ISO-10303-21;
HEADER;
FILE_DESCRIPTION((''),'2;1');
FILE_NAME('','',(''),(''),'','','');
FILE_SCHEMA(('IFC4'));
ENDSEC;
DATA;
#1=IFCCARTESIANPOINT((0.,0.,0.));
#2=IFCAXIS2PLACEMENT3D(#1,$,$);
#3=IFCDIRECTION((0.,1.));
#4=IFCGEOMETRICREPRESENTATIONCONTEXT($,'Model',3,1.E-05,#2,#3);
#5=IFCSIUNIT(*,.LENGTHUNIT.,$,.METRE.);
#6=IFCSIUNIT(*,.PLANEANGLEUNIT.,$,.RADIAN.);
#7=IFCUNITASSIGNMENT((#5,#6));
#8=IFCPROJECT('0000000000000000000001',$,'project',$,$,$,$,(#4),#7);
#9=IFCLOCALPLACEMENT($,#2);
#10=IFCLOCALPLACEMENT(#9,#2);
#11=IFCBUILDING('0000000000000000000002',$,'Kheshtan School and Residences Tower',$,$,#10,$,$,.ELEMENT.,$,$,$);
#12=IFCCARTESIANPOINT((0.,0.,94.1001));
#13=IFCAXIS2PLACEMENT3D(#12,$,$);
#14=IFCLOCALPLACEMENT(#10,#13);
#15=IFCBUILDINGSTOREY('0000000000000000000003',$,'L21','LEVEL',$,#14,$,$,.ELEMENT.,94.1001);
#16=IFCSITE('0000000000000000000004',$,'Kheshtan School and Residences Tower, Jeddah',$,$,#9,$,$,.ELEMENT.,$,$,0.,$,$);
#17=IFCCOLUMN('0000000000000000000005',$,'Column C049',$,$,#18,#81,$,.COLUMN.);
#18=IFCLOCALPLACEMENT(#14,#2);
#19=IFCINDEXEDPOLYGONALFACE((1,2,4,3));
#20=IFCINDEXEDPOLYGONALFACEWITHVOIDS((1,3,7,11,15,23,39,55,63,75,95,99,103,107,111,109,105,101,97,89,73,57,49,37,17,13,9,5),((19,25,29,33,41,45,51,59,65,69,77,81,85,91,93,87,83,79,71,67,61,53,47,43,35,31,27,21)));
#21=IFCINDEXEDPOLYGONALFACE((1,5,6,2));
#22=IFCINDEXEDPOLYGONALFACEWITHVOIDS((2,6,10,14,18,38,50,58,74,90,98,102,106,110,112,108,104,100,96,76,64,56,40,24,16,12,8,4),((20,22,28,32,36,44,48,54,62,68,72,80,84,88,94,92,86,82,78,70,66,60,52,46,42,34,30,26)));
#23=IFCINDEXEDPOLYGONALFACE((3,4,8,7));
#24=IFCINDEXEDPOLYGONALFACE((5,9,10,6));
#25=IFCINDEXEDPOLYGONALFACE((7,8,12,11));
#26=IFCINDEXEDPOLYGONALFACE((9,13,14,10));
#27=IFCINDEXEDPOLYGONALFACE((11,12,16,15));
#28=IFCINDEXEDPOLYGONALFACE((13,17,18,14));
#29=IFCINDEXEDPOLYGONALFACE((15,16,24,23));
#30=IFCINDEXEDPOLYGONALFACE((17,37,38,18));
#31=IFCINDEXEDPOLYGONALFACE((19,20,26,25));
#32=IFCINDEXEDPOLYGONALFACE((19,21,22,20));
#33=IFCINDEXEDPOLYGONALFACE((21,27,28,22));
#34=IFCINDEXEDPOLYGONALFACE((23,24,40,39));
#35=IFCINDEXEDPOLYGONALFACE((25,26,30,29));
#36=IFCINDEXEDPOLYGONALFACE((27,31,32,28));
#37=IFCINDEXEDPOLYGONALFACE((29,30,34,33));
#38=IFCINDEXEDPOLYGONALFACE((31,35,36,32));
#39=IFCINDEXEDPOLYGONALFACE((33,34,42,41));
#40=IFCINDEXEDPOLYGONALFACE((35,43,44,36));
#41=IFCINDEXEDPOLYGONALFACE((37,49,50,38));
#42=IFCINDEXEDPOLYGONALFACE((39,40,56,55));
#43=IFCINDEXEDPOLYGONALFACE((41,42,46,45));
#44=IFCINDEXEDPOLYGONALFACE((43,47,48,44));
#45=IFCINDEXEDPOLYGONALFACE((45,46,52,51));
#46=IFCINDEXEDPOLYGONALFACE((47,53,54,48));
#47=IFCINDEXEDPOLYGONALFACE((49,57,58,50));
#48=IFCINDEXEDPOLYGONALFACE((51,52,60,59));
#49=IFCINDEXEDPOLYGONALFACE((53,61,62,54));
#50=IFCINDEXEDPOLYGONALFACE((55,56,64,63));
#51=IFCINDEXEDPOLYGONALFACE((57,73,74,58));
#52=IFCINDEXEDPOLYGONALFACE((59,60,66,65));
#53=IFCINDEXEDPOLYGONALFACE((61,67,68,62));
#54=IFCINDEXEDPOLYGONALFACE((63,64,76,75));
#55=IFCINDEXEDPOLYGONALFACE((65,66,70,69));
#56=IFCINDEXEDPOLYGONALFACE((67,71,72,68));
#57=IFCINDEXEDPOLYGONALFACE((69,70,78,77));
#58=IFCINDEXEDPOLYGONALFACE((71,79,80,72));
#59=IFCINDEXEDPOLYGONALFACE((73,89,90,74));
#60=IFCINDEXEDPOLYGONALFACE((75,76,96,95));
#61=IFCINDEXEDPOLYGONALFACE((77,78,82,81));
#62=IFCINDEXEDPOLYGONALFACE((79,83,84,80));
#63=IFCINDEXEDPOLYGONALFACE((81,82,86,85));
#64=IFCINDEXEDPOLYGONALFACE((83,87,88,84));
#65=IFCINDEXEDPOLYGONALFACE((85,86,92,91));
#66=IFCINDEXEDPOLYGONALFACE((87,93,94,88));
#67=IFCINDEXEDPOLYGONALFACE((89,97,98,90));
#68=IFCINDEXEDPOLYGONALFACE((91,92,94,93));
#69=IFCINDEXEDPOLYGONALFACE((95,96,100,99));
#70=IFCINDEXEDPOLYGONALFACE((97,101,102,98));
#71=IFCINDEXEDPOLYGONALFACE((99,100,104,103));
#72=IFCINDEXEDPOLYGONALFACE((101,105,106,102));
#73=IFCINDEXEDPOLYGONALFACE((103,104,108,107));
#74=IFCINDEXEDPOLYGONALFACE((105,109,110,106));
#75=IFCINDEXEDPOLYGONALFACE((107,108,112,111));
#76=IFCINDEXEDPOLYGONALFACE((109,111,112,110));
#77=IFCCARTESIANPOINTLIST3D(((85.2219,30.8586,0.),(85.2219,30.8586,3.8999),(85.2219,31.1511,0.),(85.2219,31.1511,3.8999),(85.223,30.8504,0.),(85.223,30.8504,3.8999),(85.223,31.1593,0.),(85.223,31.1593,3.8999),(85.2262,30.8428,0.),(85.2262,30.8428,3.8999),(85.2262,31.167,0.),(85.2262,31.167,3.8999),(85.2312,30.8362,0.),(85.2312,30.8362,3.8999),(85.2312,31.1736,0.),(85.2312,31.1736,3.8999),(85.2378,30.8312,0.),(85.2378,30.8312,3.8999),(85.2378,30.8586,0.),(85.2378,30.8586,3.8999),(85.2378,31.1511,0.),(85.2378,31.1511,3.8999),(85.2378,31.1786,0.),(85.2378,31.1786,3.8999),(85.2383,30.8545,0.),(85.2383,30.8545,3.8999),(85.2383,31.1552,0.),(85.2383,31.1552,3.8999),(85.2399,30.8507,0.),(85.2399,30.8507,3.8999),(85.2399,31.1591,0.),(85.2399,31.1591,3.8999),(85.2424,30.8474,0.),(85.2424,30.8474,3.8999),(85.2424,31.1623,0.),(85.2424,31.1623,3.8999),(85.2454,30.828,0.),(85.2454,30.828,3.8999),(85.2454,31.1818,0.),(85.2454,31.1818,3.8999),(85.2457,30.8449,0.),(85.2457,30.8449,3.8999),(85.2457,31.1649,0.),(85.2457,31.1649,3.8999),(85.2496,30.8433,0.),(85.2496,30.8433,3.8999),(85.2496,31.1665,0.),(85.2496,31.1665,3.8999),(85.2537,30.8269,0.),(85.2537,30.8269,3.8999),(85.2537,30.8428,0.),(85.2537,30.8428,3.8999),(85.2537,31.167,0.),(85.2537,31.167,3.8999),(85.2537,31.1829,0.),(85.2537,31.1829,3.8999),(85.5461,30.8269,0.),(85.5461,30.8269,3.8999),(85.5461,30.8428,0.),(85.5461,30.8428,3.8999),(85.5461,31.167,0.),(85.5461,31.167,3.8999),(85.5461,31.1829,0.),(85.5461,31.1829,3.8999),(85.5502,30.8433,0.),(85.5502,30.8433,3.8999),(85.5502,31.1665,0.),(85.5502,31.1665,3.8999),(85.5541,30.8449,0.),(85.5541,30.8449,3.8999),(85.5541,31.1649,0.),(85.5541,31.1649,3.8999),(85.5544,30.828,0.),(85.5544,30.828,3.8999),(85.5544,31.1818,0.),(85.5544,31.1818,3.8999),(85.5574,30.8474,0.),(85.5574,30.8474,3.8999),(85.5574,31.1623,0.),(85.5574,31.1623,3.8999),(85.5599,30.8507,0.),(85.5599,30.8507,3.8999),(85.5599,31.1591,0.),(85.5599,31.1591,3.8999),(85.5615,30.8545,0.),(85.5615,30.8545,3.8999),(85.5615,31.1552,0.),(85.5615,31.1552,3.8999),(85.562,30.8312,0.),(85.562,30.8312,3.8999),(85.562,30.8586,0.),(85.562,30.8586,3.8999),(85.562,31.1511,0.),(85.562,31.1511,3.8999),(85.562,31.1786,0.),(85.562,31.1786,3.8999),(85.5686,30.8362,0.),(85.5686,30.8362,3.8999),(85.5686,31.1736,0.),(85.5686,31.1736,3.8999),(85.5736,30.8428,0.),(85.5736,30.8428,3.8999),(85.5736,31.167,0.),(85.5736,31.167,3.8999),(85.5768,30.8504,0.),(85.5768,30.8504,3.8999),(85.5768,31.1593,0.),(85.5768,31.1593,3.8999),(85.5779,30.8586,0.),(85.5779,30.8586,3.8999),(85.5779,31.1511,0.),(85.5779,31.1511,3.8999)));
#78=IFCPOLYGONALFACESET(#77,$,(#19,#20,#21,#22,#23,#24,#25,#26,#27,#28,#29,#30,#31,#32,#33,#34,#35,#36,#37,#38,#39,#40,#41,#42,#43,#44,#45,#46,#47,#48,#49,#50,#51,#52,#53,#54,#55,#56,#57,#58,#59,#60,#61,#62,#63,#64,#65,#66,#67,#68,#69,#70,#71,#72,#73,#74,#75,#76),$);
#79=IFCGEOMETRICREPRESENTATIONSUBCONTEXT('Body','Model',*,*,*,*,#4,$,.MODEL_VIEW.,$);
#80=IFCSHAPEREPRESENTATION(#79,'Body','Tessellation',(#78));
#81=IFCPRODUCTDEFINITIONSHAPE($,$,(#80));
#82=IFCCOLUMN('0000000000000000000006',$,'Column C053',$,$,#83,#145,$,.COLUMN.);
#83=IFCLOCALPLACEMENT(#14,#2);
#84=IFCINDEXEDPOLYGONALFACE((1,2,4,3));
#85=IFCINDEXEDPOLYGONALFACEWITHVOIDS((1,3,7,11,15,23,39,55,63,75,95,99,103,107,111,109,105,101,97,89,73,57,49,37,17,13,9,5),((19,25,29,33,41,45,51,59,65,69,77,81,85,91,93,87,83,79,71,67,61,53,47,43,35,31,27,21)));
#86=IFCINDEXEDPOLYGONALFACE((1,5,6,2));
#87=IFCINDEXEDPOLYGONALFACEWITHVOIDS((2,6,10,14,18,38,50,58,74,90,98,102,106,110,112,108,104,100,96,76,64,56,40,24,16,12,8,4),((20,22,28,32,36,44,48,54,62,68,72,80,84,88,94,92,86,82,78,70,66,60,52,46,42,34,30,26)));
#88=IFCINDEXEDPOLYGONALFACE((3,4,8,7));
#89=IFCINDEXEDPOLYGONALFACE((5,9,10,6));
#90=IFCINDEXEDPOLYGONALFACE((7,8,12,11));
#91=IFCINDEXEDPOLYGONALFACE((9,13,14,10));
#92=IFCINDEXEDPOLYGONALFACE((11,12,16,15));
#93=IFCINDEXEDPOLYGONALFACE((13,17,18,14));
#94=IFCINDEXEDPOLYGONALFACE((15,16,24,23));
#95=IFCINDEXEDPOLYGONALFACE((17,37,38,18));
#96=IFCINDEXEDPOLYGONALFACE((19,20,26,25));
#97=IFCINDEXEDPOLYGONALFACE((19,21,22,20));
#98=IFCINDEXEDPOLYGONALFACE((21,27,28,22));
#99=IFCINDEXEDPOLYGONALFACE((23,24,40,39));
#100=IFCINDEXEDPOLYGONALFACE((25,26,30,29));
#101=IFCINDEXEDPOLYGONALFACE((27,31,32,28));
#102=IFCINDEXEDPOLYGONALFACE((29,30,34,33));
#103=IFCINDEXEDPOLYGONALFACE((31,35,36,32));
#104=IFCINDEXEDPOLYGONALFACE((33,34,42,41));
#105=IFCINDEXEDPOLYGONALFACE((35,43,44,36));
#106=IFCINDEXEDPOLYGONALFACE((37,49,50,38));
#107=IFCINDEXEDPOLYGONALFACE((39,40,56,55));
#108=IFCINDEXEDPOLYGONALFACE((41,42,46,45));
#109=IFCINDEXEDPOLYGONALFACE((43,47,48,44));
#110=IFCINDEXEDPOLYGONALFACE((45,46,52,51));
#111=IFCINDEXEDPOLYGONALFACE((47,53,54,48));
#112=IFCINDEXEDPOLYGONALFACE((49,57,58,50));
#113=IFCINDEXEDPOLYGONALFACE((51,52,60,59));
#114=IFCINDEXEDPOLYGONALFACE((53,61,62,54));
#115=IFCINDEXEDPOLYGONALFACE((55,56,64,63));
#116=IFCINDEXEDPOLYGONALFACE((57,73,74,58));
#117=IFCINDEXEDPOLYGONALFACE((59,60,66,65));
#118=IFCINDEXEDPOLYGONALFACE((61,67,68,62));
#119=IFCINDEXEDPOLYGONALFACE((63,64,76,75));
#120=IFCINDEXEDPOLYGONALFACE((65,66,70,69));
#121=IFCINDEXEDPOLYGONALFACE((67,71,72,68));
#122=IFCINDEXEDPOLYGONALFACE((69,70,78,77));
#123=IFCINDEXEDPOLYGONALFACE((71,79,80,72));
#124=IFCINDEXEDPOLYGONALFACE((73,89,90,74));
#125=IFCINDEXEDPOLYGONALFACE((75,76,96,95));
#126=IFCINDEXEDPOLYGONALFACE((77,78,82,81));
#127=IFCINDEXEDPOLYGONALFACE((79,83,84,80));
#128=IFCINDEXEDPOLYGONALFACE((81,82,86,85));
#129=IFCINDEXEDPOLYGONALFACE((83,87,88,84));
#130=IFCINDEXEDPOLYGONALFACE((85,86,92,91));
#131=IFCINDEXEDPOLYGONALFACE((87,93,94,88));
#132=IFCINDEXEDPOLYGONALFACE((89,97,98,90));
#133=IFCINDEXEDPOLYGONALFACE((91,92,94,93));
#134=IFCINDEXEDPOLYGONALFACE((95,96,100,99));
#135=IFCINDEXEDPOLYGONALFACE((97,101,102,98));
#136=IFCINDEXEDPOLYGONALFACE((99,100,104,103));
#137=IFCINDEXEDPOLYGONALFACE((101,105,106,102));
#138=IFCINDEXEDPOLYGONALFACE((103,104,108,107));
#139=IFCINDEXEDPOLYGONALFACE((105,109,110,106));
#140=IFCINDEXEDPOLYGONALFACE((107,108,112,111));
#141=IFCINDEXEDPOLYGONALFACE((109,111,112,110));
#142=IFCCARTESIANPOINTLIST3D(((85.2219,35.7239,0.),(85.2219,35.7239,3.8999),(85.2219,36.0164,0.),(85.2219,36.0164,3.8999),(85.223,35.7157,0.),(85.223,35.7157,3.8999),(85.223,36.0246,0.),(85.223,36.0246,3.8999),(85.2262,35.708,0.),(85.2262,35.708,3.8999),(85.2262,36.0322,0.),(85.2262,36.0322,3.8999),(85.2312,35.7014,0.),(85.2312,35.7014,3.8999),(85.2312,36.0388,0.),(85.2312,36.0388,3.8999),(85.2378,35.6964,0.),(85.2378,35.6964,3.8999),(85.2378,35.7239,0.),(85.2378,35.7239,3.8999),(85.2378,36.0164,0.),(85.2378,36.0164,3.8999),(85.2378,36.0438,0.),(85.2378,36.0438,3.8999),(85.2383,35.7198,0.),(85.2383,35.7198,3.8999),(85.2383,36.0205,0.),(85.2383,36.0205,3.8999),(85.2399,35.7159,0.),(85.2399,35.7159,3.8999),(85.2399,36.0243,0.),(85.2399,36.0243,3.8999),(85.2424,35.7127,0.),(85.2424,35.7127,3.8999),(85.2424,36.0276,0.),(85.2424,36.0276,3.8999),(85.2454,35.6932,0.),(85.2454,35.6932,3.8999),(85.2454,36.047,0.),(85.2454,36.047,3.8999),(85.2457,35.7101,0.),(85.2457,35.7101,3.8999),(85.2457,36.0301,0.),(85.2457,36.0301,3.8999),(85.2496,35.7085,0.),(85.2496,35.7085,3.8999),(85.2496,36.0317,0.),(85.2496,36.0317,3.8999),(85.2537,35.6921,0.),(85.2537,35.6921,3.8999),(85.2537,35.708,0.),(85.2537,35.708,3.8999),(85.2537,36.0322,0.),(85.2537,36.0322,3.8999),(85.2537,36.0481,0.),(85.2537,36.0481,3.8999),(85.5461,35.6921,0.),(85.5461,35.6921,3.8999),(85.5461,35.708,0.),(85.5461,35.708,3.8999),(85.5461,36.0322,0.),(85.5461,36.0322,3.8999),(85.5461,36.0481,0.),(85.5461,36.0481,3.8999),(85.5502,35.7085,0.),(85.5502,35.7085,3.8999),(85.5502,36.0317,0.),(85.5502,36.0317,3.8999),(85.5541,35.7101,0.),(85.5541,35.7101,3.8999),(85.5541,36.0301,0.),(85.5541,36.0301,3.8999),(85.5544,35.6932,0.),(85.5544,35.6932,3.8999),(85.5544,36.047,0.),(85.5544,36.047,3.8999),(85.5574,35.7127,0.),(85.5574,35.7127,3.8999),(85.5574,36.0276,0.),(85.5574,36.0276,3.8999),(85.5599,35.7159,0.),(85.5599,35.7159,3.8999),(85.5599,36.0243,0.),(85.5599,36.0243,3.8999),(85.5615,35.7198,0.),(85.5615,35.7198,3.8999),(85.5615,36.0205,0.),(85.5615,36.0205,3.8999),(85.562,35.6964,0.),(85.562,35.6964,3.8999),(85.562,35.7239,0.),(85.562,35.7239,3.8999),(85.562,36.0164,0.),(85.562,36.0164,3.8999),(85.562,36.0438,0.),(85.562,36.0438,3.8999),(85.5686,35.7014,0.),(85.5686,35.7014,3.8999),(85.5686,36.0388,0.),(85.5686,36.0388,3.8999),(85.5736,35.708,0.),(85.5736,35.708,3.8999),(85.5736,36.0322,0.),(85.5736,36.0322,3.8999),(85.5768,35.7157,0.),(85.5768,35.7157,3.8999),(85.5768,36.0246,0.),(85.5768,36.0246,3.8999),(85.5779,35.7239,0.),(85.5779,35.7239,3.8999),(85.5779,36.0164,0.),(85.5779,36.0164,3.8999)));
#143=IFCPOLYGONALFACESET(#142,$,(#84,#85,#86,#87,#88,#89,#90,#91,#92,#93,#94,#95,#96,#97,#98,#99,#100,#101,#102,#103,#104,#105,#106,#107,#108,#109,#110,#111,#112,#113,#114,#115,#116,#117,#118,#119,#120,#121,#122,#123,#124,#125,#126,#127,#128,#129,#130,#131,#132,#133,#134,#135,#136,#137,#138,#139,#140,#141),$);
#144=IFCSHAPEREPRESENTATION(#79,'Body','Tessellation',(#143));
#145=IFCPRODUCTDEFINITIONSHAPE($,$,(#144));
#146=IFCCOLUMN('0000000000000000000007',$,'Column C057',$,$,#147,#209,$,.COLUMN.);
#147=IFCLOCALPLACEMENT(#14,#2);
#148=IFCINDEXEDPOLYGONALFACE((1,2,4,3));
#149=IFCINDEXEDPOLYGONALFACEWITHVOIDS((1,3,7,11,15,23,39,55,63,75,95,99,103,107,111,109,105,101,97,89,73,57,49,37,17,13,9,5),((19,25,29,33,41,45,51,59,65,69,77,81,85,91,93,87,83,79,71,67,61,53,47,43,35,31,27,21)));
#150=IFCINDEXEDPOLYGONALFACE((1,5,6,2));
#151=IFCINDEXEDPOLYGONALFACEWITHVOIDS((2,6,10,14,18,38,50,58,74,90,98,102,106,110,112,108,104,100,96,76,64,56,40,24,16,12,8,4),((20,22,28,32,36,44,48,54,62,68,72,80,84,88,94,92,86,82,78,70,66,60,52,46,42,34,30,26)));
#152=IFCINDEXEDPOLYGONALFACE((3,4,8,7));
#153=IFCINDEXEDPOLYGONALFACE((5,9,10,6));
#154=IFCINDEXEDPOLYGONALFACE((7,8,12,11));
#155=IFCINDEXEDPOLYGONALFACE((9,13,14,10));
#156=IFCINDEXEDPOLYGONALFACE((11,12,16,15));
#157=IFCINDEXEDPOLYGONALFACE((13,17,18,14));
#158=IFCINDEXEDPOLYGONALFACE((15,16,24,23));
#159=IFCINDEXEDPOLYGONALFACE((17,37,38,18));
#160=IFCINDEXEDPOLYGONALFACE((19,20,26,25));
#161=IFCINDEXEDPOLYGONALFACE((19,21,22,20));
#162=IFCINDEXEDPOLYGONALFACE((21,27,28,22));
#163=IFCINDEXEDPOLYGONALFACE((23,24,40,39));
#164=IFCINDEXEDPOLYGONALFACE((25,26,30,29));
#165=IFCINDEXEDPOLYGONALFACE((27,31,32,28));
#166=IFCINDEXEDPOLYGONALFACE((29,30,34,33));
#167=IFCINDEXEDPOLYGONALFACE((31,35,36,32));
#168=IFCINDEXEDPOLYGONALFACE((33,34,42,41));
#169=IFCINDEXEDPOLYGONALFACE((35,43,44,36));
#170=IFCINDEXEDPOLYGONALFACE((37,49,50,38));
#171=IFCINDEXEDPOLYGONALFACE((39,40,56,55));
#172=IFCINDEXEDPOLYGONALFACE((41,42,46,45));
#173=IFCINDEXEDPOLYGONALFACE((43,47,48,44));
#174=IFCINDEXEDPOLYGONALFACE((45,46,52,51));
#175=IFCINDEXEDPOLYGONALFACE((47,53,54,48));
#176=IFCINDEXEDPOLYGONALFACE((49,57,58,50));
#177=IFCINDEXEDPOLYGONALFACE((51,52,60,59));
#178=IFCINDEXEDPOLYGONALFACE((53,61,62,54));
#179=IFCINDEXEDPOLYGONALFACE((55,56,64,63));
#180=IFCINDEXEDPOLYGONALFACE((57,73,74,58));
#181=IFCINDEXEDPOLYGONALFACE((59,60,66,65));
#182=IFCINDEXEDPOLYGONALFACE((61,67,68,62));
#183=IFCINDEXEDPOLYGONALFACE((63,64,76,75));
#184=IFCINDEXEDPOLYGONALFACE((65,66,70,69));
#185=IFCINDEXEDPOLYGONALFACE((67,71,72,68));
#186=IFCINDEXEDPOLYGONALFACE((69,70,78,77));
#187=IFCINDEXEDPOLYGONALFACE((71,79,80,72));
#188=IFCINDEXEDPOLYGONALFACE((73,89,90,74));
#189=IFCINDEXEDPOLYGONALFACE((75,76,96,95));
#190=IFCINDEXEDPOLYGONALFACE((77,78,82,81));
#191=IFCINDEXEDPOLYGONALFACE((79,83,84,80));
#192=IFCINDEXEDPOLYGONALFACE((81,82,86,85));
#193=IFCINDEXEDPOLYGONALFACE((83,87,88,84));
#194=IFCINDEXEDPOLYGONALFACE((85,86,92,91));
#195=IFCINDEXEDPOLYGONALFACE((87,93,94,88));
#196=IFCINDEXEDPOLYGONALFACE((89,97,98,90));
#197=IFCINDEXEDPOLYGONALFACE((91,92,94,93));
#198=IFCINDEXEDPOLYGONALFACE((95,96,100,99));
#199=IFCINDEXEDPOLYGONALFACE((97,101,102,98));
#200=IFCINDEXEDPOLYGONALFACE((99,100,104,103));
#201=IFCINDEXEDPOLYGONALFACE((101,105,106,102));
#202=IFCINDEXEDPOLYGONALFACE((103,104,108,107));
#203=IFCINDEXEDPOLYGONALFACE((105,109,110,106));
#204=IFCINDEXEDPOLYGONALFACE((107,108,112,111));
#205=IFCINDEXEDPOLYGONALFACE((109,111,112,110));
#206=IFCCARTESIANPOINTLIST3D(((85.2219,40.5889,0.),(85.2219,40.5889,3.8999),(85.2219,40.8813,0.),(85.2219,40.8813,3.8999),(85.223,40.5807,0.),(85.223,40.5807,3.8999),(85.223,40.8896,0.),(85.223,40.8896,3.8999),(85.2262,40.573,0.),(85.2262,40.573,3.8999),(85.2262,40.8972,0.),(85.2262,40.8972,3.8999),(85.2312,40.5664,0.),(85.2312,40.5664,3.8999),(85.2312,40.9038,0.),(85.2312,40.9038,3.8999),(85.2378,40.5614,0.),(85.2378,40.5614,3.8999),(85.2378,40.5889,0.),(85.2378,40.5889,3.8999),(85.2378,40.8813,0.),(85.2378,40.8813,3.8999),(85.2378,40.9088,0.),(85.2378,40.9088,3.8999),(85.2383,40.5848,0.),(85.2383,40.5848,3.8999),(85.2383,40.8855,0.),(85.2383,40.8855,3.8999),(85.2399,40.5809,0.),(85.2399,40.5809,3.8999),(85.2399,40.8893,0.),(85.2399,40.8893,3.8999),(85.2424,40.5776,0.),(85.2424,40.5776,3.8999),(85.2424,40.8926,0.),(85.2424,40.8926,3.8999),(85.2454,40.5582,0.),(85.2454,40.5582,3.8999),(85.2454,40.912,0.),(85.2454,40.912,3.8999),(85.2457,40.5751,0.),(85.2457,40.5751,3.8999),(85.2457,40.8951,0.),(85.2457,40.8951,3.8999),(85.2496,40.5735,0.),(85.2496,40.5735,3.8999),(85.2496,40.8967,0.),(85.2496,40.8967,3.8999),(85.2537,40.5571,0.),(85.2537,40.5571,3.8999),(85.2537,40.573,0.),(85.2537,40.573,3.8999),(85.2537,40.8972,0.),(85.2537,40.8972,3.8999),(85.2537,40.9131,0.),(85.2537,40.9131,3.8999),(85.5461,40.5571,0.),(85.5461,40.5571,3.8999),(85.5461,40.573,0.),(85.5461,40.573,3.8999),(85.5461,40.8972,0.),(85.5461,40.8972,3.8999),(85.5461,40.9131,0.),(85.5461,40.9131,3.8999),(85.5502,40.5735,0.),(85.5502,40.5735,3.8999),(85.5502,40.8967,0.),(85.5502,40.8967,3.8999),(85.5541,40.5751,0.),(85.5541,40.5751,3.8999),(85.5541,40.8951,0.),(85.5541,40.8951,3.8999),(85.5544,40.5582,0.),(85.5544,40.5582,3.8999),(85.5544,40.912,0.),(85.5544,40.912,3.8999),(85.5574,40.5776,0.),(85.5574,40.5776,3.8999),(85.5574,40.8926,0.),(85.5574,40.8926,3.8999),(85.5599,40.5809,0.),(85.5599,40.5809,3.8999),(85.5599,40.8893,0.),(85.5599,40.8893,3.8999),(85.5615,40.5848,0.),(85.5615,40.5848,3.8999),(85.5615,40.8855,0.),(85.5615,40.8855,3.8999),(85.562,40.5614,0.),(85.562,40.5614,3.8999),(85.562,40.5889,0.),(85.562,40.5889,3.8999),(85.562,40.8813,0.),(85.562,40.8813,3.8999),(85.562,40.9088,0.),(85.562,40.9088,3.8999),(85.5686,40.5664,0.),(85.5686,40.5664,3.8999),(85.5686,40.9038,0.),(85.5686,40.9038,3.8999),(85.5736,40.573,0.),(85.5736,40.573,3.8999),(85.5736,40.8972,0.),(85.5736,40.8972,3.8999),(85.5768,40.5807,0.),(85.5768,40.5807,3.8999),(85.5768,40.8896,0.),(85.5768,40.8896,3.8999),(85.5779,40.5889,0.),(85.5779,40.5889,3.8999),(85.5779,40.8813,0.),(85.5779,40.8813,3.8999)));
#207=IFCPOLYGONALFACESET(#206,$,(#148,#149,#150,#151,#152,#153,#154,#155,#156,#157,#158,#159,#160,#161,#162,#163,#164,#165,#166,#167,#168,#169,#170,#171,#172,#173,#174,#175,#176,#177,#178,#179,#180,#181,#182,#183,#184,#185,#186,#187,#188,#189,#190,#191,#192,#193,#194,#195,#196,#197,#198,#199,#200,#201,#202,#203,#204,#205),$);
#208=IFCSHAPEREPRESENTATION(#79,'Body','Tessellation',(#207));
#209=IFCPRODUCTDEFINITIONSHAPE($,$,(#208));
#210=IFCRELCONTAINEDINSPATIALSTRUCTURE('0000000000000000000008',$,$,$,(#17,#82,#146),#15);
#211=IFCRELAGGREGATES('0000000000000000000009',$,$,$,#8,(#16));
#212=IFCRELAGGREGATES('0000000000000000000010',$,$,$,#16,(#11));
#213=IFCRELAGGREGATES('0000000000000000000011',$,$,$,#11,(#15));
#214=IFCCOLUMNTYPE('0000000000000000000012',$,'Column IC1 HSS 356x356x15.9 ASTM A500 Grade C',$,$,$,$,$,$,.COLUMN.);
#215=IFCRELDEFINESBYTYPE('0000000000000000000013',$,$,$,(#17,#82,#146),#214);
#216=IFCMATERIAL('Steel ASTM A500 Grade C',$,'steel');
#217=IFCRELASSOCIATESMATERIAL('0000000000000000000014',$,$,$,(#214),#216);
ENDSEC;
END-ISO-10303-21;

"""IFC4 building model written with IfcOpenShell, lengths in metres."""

from ifc_helpers import new_model, si_unit, direction, frame, origin, origin_2d, place, context, subcontext, project, spatial, hollow_rectangle, extrude, material, material_profile, profile_set, type_object, element, save


model = new_model("IFC4")

# Units and contexts
model_context = context("Model", 3, precision=1e-05, world=origin(), true_north=direction((0.0, 1.0)))
body_context = subcontext(model_context, "Body", "Model", "MODEL_VIEW")
ifc_project = project(units=[si_unit("LENGTHUNIT", "METRE"), si_unit("PLANEANGLEUNIT", "RADIAN")], contexts=[model_context])

# Site, building, storey
site_placement = place(None, origin())
site = spatial("IfcSite", under=ifc_project, at=site_placement, Name="Kheshtan School and Residences Tower, Jeddah", CompositionType="ELEMENT", RefElevation=0.0)
building_placement = place(site_placement, origin())
building = spatial("IfcBuilding", under=site, at=building_placement, Name="Kheshtan School and Residences Tower", CompositionType="ELEMENT")
storey_placement = place(building_placement, frame((0.0, 0.0, 94.1001)))
storey = spatial("IfcBuildingStorey", under=building, at=storey_placement, Name="L21", Description="LEVEL", CompositionType="ELEMENT", Elevation=94.1001)

# Columns
ifc_material_1 = material(Name="Steel ASTM A500 Grade C", Category="steel")
ifc_material_profile_1 = material_profile(ifc_material_1, hollow_rectangle(XDim=0.356, YDim=0.356, WallThickness=0.0159, InnerFilletRadius=0.0159, OuterFilletRadius=0.0317, at=origin_2d()), Name="HSS 356x356x15.9")
ifc_profile_set_1 = profile_set([ifc_material_profile_1], Name="Steel ASTM A500 Grade C")
column_type = type_object("IfcColumnType", Name="Column IC1 HSS 356x356x15.9 ASTM A500 Grade C", PredefinedType="COLUMN", material=ifc_profile_set_1)
for number, where, z_axis, x_axis, name in (
    (1, (85.3999, 31.0049, 0.0), (0.0, 0.0, 1.0), (1.0, 0.0, 0.0), "Column C049"),
    (2, (85.3999, 35.8701, 0.0), (0.0, 0.0, 1.0), (1.0, 0.0, 0.0), "Column C053"),
    (3, (85.3999, 40.7351, 0.0), (0.0, 0.0, 1.0), (1.0, 0.0, 0.0), "Column C057"),
):
    element("IfcColumn", number, at=place(storey_placement, frame(where, z_axis=z_axis, x_axis=x_axis)), inside=storey, type_object=column_type, Name=name, PredefinedType="COLUMN", context=body_context, shape_type="SweptSolid", body=[
        extrude(hollow_rectangle(XDim=0.356, YDim=0.356, WallThickness=0.0159, InnerFilletRadius=0.0159, OuterFilletRadius=0.0317, at=origin_2d()), origin(), (0.0, 0.0, 1.0), 3.8999),
    ])

save(model, "model.ifc")
